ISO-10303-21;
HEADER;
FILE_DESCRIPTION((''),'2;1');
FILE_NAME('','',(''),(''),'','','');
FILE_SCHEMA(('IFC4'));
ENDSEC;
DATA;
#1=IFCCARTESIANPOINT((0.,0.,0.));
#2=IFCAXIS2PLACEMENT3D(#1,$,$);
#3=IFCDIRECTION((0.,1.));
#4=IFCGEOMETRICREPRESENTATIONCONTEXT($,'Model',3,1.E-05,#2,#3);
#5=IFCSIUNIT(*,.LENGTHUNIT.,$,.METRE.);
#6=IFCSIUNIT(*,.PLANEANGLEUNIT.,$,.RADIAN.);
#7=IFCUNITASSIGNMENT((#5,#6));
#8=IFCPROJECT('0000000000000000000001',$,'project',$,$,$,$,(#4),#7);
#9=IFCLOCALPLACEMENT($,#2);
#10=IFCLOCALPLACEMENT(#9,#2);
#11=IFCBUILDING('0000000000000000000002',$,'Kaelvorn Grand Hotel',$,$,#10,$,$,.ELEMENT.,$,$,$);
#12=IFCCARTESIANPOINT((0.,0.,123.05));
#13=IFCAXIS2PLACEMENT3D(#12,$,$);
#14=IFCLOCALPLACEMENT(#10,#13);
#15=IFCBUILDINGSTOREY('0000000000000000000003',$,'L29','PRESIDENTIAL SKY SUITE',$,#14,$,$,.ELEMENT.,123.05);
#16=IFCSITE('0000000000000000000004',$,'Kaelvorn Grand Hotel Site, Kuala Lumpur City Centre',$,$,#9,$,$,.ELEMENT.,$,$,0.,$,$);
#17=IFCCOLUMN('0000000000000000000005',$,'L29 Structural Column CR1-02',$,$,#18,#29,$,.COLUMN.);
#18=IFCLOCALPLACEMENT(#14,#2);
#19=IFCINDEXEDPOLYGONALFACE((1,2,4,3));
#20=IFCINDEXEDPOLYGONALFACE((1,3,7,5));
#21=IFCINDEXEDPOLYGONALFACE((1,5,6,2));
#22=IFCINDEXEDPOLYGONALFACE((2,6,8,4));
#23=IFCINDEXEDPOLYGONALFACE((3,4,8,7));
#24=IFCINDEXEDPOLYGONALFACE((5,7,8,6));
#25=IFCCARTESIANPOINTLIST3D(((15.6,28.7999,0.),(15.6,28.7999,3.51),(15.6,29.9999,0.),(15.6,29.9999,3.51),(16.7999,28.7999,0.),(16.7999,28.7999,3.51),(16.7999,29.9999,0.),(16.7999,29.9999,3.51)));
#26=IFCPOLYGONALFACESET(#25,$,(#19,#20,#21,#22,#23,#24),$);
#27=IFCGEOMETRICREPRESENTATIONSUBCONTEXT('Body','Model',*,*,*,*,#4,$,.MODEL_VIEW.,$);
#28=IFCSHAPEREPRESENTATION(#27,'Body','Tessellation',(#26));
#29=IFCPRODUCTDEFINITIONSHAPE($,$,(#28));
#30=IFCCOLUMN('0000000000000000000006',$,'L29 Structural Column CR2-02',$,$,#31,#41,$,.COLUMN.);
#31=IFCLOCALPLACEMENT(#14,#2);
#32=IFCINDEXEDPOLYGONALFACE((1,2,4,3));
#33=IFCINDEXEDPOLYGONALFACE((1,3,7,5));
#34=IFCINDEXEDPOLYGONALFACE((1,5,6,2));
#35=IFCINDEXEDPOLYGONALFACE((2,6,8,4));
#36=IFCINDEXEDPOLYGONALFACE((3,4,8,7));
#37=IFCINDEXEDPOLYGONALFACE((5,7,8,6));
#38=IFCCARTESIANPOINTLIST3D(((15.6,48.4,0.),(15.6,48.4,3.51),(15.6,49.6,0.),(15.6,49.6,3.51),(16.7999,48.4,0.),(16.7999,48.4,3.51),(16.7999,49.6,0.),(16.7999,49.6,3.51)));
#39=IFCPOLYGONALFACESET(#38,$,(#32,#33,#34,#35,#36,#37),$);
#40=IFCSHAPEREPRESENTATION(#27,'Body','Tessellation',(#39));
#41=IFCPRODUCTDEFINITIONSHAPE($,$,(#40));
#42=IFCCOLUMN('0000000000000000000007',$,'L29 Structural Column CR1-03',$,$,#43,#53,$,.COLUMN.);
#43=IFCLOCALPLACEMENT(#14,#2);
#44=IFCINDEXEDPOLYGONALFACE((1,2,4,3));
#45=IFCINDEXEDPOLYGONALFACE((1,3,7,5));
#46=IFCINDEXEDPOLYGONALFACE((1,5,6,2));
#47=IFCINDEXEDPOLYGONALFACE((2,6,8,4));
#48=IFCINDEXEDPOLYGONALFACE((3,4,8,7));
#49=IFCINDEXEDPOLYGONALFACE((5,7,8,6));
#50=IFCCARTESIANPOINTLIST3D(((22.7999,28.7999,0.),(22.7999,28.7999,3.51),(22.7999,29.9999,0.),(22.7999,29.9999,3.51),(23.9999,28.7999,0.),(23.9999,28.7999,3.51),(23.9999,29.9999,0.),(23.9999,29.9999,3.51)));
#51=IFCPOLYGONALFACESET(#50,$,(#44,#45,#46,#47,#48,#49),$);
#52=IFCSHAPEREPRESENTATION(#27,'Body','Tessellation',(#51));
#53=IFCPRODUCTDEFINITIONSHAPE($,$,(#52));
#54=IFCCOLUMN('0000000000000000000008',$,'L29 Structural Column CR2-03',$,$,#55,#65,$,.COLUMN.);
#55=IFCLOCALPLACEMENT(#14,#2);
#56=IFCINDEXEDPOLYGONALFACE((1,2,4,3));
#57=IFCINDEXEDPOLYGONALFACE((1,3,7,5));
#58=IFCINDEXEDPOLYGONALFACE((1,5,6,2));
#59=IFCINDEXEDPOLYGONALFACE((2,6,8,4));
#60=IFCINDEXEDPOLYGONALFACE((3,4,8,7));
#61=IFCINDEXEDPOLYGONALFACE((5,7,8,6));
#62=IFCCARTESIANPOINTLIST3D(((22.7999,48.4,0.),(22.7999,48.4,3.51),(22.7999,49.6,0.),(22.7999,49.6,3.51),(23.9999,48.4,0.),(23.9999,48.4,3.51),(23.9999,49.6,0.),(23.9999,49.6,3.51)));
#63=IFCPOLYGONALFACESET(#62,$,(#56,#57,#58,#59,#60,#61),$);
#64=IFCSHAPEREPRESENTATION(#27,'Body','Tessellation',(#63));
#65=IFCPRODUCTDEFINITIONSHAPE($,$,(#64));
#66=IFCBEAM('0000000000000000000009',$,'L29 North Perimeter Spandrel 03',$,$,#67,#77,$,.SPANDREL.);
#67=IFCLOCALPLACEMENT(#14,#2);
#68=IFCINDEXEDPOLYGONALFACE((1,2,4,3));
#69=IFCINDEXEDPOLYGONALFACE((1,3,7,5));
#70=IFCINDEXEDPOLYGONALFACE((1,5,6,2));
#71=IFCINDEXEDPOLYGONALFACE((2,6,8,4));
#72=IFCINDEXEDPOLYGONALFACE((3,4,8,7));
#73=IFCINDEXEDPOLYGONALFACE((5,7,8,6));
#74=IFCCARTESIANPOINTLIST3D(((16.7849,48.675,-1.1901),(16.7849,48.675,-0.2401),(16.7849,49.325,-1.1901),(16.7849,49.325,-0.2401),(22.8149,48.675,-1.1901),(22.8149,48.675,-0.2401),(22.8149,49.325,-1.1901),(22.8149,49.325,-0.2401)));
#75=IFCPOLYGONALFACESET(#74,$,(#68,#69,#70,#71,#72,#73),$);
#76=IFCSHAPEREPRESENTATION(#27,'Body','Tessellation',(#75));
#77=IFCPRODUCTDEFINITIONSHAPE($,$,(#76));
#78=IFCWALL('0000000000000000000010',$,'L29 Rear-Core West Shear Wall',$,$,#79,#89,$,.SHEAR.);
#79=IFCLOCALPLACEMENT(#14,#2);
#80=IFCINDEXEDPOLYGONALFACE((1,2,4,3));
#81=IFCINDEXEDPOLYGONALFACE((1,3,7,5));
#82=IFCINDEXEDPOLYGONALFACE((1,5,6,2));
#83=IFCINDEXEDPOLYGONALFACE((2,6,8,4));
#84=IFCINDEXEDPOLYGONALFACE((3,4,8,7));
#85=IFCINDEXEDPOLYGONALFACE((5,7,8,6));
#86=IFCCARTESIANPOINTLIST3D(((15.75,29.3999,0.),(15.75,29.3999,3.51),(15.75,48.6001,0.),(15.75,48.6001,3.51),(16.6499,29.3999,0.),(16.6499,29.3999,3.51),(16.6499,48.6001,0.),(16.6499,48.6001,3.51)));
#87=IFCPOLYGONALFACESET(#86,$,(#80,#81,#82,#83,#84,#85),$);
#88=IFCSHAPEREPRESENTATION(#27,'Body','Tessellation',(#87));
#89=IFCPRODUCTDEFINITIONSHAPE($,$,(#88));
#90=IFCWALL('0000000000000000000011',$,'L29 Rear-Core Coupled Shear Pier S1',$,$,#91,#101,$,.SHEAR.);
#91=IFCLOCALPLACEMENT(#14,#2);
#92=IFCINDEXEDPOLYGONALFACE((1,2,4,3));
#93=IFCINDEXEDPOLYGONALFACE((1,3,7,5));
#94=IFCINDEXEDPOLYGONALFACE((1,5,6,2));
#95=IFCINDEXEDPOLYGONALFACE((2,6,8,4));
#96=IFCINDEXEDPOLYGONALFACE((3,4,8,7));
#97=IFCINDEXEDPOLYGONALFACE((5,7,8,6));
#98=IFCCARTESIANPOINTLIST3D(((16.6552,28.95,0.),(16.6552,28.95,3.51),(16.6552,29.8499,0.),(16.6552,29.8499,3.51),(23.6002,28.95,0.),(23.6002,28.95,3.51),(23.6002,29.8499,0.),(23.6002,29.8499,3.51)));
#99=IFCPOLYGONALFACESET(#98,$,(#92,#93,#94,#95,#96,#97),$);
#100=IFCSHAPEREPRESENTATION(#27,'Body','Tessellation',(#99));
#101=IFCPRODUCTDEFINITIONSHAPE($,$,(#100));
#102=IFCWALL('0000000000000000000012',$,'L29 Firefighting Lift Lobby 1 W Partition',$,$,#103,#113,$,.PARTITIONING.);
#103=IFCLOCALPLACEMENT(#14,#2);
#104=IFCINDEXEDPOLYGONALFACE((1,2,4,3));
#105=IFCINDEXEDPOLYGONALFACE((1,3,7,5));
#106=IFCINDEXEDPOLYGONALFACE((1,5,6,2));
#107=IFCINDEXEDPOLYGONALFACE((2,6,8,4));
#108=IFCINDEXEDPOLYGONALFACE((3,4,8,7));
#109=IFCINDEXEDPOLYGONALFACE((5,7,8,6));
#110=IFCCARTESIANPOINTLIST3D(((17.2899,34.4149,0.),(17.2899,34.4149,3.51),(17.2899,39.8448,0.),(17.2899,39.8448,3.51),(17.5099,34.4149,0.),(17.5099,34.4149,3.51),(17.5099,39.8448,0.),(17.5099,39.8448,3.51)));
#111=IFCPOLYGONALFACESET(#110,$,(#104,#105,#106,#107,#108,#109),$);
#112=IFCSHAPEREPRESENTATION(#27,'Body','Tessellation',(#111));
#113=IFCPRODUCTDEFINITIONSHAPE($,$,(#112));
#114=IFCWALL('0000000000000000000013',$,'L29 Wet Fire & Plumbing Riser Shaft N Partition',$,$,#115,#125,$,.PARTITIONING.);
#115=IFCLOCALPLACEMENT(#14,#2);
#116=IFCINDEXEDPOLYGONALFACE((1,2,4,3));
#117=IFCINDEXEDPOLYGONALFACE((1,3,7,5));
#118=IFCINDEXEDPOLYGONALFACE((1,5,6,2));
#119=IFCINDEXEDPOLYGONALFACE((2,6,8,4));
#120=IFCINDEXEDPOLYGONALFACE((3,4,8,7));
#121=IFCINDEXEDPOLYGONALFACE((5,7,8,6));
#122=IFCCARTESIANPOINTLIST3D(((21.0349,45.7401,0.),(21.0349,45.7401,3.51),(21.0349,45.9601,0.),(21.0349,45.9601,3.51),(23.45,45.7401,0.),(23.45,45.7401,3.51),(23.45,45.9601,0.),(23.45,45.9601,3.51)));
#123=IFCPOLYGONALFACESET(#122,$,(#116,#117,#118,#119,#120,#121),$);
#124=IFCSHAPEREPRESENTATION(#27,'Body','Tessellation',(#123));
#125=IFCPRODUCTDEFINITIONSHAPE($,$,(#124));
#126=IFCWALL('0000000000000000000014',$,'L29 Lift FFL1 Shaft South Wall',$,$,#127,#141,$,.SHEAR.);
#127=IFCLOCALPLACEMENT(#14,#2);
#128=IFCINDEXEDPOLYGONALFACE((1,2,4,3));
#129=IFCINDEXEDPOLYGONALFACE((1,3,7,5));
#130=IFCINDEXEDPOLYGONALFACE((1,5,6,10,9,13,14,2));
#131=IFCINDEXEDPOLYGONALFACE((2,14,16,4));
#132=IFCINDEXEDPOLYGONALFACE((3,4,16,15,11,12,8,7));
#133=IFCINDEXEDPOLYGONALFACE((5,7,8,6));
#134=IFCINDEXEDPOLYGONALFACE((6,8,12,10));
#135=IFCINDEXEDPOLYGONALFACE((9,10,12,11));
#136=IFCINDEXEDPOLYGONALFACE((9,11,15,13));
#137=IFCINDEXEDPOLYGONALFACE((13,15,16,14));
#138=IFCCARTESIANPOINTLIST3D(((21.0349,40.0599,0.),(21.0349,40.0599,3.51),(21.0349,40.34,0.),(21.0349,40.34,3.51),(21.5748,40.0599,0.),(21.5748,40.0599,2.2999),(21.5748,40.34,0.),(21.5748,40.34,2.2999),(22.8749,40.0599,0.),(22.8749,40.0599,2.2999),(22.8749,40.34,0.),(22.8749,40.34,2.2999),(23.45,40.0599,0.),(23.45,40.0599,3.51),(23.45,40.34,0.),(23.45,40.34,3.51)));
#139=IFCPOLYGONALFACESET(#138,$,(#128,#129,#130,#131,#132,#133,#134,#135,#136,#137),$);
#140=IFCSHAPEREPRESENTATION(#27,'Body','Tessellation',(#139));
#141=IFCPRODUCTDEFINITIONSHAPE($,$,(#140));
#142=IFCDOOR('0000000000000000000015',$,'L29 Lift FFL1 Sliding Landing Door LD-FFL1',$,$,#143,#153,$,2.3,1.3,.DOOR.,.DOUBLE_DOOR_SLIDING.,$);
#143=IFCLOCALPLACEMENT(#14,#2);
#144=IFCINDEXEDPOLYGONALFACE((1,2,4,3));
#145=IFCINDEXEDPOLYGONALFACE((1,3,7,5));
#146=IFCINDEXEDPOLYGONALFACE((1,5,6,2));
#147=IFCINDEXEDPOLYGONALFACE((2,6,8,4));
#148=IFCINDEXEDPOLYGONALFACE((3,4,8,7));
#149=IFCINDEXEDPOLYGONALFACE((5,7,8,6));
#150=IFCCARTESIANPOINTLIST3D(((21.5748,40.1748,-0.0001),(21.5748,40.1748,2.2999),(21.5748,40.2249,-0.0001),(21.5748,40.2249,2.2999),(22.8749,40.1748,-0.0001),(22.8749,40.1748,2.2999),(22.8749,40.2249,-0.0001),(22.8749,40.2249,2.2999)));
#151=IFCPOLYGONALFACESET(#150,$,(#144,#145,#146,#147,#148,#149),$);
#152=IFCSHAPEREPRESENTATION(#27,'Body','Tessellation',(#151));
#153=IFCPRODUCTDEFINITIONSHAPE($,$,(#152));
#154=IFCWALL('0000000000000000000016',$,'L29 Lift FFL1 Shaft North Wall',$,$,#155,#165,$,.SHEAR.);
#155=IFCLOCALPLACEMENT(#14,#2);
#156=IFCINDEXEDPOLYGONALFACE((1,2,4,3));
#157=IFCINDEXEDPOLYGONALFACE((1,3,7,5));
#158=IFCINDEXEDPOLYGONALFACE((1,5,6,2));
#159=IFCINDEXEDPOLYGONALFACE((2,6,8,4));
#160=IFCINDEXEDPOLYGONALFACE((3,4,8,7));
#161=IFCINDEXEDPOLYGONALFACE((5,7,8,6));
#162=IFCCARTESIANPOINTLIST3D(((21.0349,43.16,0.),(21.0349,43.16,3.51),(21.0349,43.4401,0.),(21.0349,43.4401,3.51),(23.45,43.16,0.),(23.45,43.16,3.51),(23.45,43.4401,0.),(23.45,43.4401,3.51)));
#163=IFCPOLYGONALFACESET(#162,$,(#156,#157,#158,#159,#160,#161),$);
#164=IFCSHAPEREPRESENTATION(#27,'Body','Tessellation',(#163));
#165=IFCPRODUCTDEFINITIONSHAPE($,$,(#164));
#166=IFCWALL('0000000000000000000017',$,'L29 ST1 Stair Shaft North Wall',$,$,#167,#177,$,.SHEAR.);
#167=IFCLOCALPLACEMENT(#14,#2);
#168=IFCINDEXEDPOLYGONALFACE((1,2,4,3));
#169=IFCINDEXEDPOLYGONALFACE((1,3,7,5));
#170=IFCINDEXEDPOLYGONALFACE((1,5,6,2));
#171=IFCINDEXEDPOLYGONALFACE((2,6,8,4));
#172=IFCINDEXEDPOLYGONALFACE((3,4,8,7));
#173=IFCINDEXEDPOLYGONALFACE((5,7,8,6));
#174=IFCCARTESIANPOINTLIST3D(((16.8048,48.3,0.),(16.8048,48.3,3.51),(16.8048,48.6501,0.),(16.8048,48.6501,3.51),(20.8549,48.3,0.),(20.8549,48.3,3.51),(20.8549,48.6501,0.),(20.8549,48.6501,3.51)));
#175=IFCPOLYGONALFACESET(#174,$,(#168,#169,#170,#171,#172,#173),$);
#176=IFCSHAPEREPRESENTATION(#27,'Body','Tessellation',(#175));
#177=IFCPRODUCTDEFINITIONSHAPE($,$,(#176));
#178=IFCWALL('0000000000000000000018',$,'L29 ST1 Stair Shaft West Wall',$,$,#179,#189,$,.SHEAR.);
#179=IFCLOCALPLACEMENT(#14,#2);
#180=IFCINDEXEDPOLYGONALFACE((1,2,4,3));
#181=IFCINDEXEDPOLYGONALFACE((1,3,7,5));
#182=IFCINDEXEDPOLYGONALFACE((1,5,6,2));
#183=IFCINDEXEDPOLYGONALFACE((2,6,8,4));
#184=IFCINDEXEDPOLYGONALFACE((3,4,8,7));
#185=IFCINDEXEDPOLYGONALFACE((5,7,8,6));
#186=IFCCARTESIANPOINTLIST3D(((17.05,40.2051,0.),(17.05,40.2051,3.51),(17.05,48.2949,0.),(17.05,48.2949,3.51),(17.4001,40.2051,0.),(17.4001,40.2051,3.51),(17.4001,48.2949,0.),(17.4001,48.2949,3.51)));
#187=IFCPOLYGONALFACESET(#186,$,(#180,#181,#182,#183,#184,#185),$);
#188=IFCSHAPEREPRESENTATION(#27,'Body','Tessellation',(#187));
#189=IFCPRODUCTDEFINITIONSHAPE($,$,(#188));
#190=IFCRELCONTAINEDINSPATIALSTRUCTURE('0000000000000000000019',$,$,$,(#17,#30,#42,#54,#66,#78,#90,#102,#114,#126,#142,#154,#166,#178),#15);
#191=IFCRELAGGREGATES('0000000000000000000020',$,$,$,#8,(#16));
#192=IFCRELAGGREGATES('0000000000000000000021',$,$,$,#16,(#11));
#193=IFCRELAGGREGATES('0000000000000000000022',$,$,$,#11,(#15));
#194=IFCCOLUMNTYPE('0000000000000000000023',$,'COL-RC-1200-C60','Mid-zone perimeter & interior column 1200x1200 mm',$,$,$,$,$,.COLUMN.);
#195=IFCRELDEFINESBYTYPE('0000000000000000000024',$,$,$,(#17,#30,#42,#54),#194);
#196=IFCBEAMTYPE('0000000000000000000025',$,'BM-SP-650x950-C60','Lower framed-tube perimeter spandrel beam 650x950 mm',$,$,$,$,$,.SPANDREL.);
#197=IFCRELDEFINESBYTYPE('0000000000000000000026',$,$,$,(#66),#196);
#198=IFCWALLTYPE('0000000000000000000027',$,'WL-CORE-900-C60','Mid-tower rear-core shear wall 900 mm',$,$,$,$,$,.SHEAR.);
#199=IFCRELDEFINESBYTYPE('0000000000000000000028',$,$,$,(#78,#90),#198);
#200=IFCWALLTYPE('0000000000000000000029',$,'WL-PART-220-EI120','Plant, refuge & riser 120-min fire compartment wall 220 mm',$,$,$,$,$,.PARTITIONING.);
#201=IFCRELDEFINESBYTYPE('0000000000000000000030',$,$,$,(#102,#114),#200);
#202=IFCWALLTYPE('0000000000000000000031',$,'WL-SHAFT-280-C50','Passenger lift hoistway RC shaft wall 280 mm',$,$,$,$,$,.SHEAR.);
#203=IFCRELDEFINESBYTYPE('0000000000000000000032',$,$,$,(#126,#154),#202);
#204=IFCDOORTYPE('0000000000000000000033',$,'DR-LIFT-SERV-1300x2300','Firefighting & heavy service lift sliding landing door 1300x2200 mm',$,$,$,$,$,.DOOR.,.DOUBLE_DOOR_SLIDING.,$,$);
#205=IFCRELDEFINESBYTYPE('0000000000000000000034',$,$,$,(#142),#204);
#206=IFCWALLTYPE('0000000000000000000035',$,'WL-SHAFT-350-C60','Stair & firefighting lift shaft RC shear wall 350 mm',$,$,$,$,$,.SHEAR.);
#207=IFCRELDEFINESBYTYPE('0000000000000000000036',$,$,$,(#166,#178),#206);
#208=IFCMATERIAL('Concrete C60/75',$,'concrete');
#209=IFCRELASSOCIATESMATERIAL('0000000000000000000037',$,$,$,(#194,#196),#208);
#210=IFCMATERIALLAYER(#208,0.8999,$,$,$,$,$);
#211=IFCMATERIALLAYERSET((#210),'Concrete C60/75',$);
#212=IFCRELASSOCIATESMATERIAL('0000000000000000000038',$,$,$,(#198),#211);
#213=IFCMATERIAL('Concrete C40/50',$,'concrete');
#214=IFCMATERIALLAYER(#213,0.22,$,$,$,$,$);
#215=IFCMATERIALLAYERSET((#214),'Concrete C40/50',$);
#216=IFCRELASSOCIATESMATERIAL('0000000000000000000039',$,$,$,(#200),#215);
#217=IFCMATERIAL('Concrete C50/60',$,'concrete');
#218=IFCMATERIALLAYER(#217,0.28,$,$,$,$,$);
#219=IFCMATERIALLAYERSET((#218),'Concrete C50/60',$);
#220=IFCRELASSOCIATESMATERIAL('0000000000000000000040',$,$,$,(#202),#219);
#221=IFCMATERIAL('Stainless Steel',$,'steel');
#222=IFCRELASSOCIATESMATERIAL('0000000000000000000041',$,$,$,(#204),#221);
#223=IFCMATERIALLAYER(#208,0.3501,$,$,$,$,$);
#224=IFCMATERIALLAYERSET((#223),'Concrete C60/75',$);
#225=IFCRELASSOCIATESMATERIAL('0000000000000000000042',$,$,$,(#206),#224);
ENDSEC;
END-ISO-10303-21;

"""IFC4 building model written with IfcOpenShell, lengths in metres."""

from ifc_helpers import new_model, si_unit, direction, frame, frame_2d, origin, origin_2d, place, context, subcontext, project, spatial, rectangle, extrude, material, layer, layer_set, material_profile, profile_set, type_object, element, fill, save


model = new_model("IFC4")

# Units and contexts
model_context = context("Model", 3, precision=1e-05, world=origin(), true_north=direction((0.0, 1.0)))
body_context = subcontext(model_context, "Body", "Model", "MODEL_VIEW")
ifc_project = project(units=[si_unit("LENGTHUNIT", "METRE"), si_unit("PLANEANGLEUNIT", "RADIAN")], contexts=[model_context])

# Site, building, storey
site_placement = place(None, origin())
site = spatial("IfcSite", under=ifc_project, at=site_placement, Name="Kaelvorn Grand Hotel Site, Kuala Lumpur City Centre", CompositionType="ELEMENT", RefElevation=0.0)
building_placement = place(site_placement, origin())
building = spatial("IfcBuilding", under=site, at=building_placement, Name="Kaelvorn Grand Hotel", CompositionType="ELEMENT")
storey_placement = place(building_placement, frame((0.0, 0.0, 123.05)))
storey = spatial("IfcBuildingStorey", under=building, at=storey_placement, Name="L29", Description="PRESIDENTIAL SKY SUITE", CompositionType="ELEMENT", Elevation=123.05)

# Columns
ifc_material_1 = material(Name="Concrete C60/75", Category="concrete")
ifc_material_profile_1 = material_profile(ifc_material_1, rectangle(XDim=1.2, YDim=1.2, at=origin_2d()), Name="RC COL 1200x1200")
ifc_profile_set_1 = profile_set([ifc_material_profile_1], Name="Concrete C60/75")
column_type = type_object("IfcColumnType", Name="COL-RC-1200-C60", Description="Mid-zone perimeter & interior column 1200x1200 mm", PredefinedType="COLUMN", material=ifc_profile_set_1)
for number, where, z_axis, x_axis, name in (
    (1, (16.2, 29.3999, 0.0), (0.0, 0.0, 1.0), (1.0, 0.0, 0.0), "L29 Structural Column CR1-02"),
    (2, (16.2, 49.0, 0.0), (0.0, 0.0, 1.0), (1.0, 0.0, 0.0), "L29 Structural Column CR2-02"),
    (3, (23.3999, 29.3999, 0.0), (0.0, 0.0, 1.0), (1.0, 0.0, 0.0), "L29 Structural Column CR1-03"),
    (4, (23.3999, 49.0, 0.0), (0.0, 0.0, 1.0), (1.0, 0.0, 0.0), "L29 Structural Column CR2-03"),
):
    element("IfcColumn", number, at=place(storey_placement, frame(where, z_axis=z_axis, x_axis=x_axis)), inside=storey, type_object=column_type, Name=name, PredefinedType="COLUMN", context=body_context, shape_type="SweptSolid", body=[
        extrude(rectangle(XDim=1.2, YDim=1.2, at=origin_2d()), origin(), (0.0, 0.0, 1.0), 3.51),
    ])

# Beam
ifc_material_profile_2 = material_profile(ifc_material_1, rectangle(XDim=0.6499, YDim=0.95, at=origin_2d()), Name="RC SPANDREL 650x950")
ifc_profile_set_2 = profile_set([ifc_material_profile_2], Name="Concrete C60/75")
beam_type = type_object("IfcBeamType", Name="BM-SP-650x950-C60", Description="Lower framed-tube perimeter spandrel beam 650x950 mm", PredefinedType="SPANDREL", material=ifc_profile_set_2)
beam_placement = place(storey_placement, frame((16.7849, 49.0, -0.7151), z_axis=(1.0, 0.0, 0.0), x_axis=(0.0, 1.0, 0.0)))
element("IfcBeam", 5, at=beam_placement, inside=storey, type_object=beam_type, Name="L29 North Perimeter Spandrel 03", PredefinedType="SPANDREL", context=body_context, shape_type="SweptSolid", body=[
    extrude(rectangle(XDim=0.6499, YDim=0.95, at=origin_2d()), origin(), (0.0, 0.0, 1.0), 6.03),
])

# Walls
ifc_layer_1 = layer(ifc_material_1, 0.8999)
ifc_layer_set_1 = layer_set([ifc_layer_1], Name="Concrete C60/75")
wall_type_1 = type_object("IfcWallType", Name="WL-CORE-900-C60", Description="Mid-tower rear-core shear wall 900 mm", PredefinedType="SHEAR", material=ifc_layer_set_1)
wall_1_placement = place(storey_placement, frame((16.2, 29.3999, 0.0), z_axis=(0.0, 0.0, 1.0), x_axis=(0.0, 1.0, 0.0)))
element("IfcWall", 6, at=wall_1_placement, inside=storey, type_object=wall_type_1, Name="L29 Rear-Core West Shear Wall", PredefinedType="SHEAR", context=body_context, shape_type="SweptSolid", body=[
    extrude(rectangle(XDim=19.2002, YDim=0.8999, at=frame_2d((9.6001, 0.0))), origin(), (0.0, 0.0, 1.0), 3.51),
])
wall_2_placement = place(storey_placement, frame((16.655, 29.3999, 0.0), z_axis=(0.0, 0.0, 1.0), x_axis=(1.0, 0.0, 0.0)))
element("IfcWall", 7, at=wall_2_placement, inside=storey, type_object=wall_type_1, Name="L29 Rear-Core Coupled Shear Pier S1", PredefinedType="SHEAR", context=body_context, shape_type="SweptSolid", body=[
    extrude(rectangle(XDim=6.9451, YDim=0.8999, at=frame_2d((3.4727, 0.0))), origin(), (0.0, 0.0, 1.0), 3.51),
])

# Shared definitions
ifc_material_2 = material(Name="Concrete C40/50", Category="concrete")
ifc_layer_2 = layer(ifc_material_2, 0.22)
ifc_layer_set_2 = layer_set([ifc_layer_2], Name="Concrete C40/50")
wall_type_2 = type_object("IfcWallType", Name="WL-PART-220-EI120", Description="Plant, refuge & riser 120-min fire compartment wall 220 mm", PredefinedType="PARTITIONING", material=ifc_layer_set_2)

# Walls
wall_3_placement = place(storey_placement, frame((17.3999, 34.415, 0.0), z_axis=(0.0, 0.0, 1.0), x_axis=(0.0, 1.0, 0.0)))
element("IfcWall", 8, at=wall_3_placement, inside=storey, type_object=wall_type_2, Name="L29 Firefighting Lift Lobby 1 W Partition", PredefinedType="PARTITIONING", context=body_context, shape_type="SweptSolid", body=[
    extrude(rectangle(XDim=5.4299, YDim=0.22, at=frame_2d((2.7148, 0.0))), origin(), (0.0, 0.0, 1.0), 3.51),
])
wall_4_placement = place(storey_placement, frame((21.0349, 45.8501, 0.0), z_axis=(0.0, 0.0, 1.0), x_axis=(1.0, 0.0, 0.0)))
element("IfcWall", 9, at=wall_4_placement, inside=storey, type_object=wall_type_2, Name="L29 Wet Fire & Plumbing Riser Shaft N Partition", PredefinedType="PARTITIONING", context=body_context, shape_type="SweptSolid", body=[
    extrude(rectangle(XDim=2.415, YDim=0.22, at=frame_2d((1.2075, 0.0))), origin(), (0.0, 0.0, 1.0), 3.51),
])

# Wall, opening, door
ifc_material_3 = material(Name="Concrete C50/60", Category="concrete")
ifc_layer_3 = layer(ifc_material_3, 0.28)
ifc_layer_set_3 = layer_set([ifc_layer_3], Name="Concrete C50/60")
wall_type_3 = type_object("IfcWallType", Name="WL-SHAFT-280-C50", Description="Passenger lift hoistway RC shaft wall 280 mm", PredefinedType="SHEAR", material=ifc_layer_set_3)
wall_5_placement = place(storey_placement, frame((21.0349, 40.2, 0.0), z_axis=(0.0, 0.0, 1.0), x_axis=(1.0, 0.0, 0.0)))
wall_5 = element("IfcWall", 10, at=wall_5_placement, inside=storey, type_object=wall_type_3, Name="L29 Lift FFL1 Shaft South Wall", PredefinedType="SHEAR", context=body_context, shape_type="SweptSolid", body=[
    extrude(rectangle(XDim=2.415, YDim=0.28, at=frame_2d((1.2075, 0.0))), origin(), (0.0, 0.0, 1.0), 3.51),
])
opening_1_placement = place(wall_5_placement, frame((0.54, 0.0, 0.0)))
opening_1 = element("IfcOpeningElement", 11, at=opening_1_placement, cuts=wall_5, PredefinedType="OPENING", context=body_context, shape_type="SweptSolid", body=[
    extrude(rectangle(XDim=1.3, YDim=2.3, at=frame_2d((0.6499, 1.1499))), frame((0.0, 0.1499, 0.0), z_axis=(0.0, -1.0, 0.0), x_axis=(1.0, 0.0, 0.0)), (0.0, 0.0, 1.0), 0.3),
])
ifc_material_4 = material(Name="Stainless Steel", Category="steel")
door_type_1 = type_object("IfcDoorType", Name="DR-LIFT-SERV-1300x2300", Description="Firefighting & heavy service lift sliding landing door 1300x2200 mm", OperationType="DOUBLE_DOOR_SLIDING", PredefinedType="DOOR", material=ifc_material_4)
door_1_placement = place(opening_1_placement, origin())
door_1 = element("IfcDoor", 12, at=door_1_placement, inside=storey, type_object=door_type_1, Name="L29 Lift FFL1 Sliding Landing Door LD-FFL1", OperationType="DOUBLE_DOOR_SLIDING", OverallHeight=2.3, OverallWidth=1.3, PredefinedType="DOOR", context=body_context, shape_type="SweptSolid", body=[
    extrude(rectangle(XDim=1.3, YDim=2.3, at=frame_2d((0.6499, 1.1499))), frame((0.0, 0.0249, 0.0), z_axis=(0.0, -1.0, 0.0), x_axis=(1.0, 0.0, 0.0)), (0.0, 0.0, 1.0), 0.05),
])
fill(opening_1, door_1)

# Wall
wall_6_placement = place(storey_placement, frame((21.0349, 43.3, 0.0), z_axis=(0.0, 0.0, 1.0), x_axis=(1.0, 0.0, 0.0)))
element("IfcWall", 13, at=wall_6_placement, inside=storey, type_object=wall_type_3, Name="L29 Lift FFL1 Shaft North Wall", PredefinedType="SHEAR", context=body_context, shape_type="SweptSolid", body=[
    extrude(rectangle(XDim=2.415, YDim=0.28, at=frame_2d((1.2075, 0.0))), origin(), (0.0, 0.0, 1.0), 3.51),
])

# Shared definitions
ifc_layer_4 = layer(ifc_material_1, 0.3501)
ifc_layer_set_4 = layer_set([ifc_layer_4], Name="Concrete C60/75")
wall_type_4 = type_object("IfcWallType", Name="WL-SHAFT-350-C60", Description="Stair & firefighting lift shaft RC shear wall 350 mm", PredefinedType="SHEAR", material=ifc_layer_set_4)

# Walls
wall_7_placement = place(storey_placement, frame((16.8049, 48.4751, 0.0), z_axis=(0.0, 0.0, 1.0), x_axis=(1.0, 0.0, 0.0)))
element("IfcWall", 14, at=wall_7_placement, inside=storey, type_object=wall_type_4, Name="L29 ST1 Stair Shaft North Wall", PredefinedType="SHEAR", context=body_context, shape_type="SweptSolid", body=[
    extrude(rectangle(XDim=4.05, YDim=0.3501, at=frame_2d((2.0249, 0.0))), origin(), (0.0, 0.0, 1.0), 3.51),
])
for number, where, z_axis, x_axis, name in (
    (15, (17.2251, 40.2051, 0.0), (0.0, 0.0, 1.0), (0.0, 1.0, 0.0), "L29 ST1 Stair Shaft West Wall"),
):
    element("IfcWall", number, at=place(storey_placement, frame(where, z_axis=z_axis, x_axis=x_axis)), inside=storey, type_object=wall_type_4, Name=name, PredefinedType="SHEAR", context=body_context, shape_type="SweptSolid", body=[
        extrude(rectangle(XDim=8.0898, YDim=0.3501, at=frame_2d((4.0449, 0.0))), origin(), (0.0, 0.0, 1.0), 3.51),
    ])

save(model, "model.ifc")
